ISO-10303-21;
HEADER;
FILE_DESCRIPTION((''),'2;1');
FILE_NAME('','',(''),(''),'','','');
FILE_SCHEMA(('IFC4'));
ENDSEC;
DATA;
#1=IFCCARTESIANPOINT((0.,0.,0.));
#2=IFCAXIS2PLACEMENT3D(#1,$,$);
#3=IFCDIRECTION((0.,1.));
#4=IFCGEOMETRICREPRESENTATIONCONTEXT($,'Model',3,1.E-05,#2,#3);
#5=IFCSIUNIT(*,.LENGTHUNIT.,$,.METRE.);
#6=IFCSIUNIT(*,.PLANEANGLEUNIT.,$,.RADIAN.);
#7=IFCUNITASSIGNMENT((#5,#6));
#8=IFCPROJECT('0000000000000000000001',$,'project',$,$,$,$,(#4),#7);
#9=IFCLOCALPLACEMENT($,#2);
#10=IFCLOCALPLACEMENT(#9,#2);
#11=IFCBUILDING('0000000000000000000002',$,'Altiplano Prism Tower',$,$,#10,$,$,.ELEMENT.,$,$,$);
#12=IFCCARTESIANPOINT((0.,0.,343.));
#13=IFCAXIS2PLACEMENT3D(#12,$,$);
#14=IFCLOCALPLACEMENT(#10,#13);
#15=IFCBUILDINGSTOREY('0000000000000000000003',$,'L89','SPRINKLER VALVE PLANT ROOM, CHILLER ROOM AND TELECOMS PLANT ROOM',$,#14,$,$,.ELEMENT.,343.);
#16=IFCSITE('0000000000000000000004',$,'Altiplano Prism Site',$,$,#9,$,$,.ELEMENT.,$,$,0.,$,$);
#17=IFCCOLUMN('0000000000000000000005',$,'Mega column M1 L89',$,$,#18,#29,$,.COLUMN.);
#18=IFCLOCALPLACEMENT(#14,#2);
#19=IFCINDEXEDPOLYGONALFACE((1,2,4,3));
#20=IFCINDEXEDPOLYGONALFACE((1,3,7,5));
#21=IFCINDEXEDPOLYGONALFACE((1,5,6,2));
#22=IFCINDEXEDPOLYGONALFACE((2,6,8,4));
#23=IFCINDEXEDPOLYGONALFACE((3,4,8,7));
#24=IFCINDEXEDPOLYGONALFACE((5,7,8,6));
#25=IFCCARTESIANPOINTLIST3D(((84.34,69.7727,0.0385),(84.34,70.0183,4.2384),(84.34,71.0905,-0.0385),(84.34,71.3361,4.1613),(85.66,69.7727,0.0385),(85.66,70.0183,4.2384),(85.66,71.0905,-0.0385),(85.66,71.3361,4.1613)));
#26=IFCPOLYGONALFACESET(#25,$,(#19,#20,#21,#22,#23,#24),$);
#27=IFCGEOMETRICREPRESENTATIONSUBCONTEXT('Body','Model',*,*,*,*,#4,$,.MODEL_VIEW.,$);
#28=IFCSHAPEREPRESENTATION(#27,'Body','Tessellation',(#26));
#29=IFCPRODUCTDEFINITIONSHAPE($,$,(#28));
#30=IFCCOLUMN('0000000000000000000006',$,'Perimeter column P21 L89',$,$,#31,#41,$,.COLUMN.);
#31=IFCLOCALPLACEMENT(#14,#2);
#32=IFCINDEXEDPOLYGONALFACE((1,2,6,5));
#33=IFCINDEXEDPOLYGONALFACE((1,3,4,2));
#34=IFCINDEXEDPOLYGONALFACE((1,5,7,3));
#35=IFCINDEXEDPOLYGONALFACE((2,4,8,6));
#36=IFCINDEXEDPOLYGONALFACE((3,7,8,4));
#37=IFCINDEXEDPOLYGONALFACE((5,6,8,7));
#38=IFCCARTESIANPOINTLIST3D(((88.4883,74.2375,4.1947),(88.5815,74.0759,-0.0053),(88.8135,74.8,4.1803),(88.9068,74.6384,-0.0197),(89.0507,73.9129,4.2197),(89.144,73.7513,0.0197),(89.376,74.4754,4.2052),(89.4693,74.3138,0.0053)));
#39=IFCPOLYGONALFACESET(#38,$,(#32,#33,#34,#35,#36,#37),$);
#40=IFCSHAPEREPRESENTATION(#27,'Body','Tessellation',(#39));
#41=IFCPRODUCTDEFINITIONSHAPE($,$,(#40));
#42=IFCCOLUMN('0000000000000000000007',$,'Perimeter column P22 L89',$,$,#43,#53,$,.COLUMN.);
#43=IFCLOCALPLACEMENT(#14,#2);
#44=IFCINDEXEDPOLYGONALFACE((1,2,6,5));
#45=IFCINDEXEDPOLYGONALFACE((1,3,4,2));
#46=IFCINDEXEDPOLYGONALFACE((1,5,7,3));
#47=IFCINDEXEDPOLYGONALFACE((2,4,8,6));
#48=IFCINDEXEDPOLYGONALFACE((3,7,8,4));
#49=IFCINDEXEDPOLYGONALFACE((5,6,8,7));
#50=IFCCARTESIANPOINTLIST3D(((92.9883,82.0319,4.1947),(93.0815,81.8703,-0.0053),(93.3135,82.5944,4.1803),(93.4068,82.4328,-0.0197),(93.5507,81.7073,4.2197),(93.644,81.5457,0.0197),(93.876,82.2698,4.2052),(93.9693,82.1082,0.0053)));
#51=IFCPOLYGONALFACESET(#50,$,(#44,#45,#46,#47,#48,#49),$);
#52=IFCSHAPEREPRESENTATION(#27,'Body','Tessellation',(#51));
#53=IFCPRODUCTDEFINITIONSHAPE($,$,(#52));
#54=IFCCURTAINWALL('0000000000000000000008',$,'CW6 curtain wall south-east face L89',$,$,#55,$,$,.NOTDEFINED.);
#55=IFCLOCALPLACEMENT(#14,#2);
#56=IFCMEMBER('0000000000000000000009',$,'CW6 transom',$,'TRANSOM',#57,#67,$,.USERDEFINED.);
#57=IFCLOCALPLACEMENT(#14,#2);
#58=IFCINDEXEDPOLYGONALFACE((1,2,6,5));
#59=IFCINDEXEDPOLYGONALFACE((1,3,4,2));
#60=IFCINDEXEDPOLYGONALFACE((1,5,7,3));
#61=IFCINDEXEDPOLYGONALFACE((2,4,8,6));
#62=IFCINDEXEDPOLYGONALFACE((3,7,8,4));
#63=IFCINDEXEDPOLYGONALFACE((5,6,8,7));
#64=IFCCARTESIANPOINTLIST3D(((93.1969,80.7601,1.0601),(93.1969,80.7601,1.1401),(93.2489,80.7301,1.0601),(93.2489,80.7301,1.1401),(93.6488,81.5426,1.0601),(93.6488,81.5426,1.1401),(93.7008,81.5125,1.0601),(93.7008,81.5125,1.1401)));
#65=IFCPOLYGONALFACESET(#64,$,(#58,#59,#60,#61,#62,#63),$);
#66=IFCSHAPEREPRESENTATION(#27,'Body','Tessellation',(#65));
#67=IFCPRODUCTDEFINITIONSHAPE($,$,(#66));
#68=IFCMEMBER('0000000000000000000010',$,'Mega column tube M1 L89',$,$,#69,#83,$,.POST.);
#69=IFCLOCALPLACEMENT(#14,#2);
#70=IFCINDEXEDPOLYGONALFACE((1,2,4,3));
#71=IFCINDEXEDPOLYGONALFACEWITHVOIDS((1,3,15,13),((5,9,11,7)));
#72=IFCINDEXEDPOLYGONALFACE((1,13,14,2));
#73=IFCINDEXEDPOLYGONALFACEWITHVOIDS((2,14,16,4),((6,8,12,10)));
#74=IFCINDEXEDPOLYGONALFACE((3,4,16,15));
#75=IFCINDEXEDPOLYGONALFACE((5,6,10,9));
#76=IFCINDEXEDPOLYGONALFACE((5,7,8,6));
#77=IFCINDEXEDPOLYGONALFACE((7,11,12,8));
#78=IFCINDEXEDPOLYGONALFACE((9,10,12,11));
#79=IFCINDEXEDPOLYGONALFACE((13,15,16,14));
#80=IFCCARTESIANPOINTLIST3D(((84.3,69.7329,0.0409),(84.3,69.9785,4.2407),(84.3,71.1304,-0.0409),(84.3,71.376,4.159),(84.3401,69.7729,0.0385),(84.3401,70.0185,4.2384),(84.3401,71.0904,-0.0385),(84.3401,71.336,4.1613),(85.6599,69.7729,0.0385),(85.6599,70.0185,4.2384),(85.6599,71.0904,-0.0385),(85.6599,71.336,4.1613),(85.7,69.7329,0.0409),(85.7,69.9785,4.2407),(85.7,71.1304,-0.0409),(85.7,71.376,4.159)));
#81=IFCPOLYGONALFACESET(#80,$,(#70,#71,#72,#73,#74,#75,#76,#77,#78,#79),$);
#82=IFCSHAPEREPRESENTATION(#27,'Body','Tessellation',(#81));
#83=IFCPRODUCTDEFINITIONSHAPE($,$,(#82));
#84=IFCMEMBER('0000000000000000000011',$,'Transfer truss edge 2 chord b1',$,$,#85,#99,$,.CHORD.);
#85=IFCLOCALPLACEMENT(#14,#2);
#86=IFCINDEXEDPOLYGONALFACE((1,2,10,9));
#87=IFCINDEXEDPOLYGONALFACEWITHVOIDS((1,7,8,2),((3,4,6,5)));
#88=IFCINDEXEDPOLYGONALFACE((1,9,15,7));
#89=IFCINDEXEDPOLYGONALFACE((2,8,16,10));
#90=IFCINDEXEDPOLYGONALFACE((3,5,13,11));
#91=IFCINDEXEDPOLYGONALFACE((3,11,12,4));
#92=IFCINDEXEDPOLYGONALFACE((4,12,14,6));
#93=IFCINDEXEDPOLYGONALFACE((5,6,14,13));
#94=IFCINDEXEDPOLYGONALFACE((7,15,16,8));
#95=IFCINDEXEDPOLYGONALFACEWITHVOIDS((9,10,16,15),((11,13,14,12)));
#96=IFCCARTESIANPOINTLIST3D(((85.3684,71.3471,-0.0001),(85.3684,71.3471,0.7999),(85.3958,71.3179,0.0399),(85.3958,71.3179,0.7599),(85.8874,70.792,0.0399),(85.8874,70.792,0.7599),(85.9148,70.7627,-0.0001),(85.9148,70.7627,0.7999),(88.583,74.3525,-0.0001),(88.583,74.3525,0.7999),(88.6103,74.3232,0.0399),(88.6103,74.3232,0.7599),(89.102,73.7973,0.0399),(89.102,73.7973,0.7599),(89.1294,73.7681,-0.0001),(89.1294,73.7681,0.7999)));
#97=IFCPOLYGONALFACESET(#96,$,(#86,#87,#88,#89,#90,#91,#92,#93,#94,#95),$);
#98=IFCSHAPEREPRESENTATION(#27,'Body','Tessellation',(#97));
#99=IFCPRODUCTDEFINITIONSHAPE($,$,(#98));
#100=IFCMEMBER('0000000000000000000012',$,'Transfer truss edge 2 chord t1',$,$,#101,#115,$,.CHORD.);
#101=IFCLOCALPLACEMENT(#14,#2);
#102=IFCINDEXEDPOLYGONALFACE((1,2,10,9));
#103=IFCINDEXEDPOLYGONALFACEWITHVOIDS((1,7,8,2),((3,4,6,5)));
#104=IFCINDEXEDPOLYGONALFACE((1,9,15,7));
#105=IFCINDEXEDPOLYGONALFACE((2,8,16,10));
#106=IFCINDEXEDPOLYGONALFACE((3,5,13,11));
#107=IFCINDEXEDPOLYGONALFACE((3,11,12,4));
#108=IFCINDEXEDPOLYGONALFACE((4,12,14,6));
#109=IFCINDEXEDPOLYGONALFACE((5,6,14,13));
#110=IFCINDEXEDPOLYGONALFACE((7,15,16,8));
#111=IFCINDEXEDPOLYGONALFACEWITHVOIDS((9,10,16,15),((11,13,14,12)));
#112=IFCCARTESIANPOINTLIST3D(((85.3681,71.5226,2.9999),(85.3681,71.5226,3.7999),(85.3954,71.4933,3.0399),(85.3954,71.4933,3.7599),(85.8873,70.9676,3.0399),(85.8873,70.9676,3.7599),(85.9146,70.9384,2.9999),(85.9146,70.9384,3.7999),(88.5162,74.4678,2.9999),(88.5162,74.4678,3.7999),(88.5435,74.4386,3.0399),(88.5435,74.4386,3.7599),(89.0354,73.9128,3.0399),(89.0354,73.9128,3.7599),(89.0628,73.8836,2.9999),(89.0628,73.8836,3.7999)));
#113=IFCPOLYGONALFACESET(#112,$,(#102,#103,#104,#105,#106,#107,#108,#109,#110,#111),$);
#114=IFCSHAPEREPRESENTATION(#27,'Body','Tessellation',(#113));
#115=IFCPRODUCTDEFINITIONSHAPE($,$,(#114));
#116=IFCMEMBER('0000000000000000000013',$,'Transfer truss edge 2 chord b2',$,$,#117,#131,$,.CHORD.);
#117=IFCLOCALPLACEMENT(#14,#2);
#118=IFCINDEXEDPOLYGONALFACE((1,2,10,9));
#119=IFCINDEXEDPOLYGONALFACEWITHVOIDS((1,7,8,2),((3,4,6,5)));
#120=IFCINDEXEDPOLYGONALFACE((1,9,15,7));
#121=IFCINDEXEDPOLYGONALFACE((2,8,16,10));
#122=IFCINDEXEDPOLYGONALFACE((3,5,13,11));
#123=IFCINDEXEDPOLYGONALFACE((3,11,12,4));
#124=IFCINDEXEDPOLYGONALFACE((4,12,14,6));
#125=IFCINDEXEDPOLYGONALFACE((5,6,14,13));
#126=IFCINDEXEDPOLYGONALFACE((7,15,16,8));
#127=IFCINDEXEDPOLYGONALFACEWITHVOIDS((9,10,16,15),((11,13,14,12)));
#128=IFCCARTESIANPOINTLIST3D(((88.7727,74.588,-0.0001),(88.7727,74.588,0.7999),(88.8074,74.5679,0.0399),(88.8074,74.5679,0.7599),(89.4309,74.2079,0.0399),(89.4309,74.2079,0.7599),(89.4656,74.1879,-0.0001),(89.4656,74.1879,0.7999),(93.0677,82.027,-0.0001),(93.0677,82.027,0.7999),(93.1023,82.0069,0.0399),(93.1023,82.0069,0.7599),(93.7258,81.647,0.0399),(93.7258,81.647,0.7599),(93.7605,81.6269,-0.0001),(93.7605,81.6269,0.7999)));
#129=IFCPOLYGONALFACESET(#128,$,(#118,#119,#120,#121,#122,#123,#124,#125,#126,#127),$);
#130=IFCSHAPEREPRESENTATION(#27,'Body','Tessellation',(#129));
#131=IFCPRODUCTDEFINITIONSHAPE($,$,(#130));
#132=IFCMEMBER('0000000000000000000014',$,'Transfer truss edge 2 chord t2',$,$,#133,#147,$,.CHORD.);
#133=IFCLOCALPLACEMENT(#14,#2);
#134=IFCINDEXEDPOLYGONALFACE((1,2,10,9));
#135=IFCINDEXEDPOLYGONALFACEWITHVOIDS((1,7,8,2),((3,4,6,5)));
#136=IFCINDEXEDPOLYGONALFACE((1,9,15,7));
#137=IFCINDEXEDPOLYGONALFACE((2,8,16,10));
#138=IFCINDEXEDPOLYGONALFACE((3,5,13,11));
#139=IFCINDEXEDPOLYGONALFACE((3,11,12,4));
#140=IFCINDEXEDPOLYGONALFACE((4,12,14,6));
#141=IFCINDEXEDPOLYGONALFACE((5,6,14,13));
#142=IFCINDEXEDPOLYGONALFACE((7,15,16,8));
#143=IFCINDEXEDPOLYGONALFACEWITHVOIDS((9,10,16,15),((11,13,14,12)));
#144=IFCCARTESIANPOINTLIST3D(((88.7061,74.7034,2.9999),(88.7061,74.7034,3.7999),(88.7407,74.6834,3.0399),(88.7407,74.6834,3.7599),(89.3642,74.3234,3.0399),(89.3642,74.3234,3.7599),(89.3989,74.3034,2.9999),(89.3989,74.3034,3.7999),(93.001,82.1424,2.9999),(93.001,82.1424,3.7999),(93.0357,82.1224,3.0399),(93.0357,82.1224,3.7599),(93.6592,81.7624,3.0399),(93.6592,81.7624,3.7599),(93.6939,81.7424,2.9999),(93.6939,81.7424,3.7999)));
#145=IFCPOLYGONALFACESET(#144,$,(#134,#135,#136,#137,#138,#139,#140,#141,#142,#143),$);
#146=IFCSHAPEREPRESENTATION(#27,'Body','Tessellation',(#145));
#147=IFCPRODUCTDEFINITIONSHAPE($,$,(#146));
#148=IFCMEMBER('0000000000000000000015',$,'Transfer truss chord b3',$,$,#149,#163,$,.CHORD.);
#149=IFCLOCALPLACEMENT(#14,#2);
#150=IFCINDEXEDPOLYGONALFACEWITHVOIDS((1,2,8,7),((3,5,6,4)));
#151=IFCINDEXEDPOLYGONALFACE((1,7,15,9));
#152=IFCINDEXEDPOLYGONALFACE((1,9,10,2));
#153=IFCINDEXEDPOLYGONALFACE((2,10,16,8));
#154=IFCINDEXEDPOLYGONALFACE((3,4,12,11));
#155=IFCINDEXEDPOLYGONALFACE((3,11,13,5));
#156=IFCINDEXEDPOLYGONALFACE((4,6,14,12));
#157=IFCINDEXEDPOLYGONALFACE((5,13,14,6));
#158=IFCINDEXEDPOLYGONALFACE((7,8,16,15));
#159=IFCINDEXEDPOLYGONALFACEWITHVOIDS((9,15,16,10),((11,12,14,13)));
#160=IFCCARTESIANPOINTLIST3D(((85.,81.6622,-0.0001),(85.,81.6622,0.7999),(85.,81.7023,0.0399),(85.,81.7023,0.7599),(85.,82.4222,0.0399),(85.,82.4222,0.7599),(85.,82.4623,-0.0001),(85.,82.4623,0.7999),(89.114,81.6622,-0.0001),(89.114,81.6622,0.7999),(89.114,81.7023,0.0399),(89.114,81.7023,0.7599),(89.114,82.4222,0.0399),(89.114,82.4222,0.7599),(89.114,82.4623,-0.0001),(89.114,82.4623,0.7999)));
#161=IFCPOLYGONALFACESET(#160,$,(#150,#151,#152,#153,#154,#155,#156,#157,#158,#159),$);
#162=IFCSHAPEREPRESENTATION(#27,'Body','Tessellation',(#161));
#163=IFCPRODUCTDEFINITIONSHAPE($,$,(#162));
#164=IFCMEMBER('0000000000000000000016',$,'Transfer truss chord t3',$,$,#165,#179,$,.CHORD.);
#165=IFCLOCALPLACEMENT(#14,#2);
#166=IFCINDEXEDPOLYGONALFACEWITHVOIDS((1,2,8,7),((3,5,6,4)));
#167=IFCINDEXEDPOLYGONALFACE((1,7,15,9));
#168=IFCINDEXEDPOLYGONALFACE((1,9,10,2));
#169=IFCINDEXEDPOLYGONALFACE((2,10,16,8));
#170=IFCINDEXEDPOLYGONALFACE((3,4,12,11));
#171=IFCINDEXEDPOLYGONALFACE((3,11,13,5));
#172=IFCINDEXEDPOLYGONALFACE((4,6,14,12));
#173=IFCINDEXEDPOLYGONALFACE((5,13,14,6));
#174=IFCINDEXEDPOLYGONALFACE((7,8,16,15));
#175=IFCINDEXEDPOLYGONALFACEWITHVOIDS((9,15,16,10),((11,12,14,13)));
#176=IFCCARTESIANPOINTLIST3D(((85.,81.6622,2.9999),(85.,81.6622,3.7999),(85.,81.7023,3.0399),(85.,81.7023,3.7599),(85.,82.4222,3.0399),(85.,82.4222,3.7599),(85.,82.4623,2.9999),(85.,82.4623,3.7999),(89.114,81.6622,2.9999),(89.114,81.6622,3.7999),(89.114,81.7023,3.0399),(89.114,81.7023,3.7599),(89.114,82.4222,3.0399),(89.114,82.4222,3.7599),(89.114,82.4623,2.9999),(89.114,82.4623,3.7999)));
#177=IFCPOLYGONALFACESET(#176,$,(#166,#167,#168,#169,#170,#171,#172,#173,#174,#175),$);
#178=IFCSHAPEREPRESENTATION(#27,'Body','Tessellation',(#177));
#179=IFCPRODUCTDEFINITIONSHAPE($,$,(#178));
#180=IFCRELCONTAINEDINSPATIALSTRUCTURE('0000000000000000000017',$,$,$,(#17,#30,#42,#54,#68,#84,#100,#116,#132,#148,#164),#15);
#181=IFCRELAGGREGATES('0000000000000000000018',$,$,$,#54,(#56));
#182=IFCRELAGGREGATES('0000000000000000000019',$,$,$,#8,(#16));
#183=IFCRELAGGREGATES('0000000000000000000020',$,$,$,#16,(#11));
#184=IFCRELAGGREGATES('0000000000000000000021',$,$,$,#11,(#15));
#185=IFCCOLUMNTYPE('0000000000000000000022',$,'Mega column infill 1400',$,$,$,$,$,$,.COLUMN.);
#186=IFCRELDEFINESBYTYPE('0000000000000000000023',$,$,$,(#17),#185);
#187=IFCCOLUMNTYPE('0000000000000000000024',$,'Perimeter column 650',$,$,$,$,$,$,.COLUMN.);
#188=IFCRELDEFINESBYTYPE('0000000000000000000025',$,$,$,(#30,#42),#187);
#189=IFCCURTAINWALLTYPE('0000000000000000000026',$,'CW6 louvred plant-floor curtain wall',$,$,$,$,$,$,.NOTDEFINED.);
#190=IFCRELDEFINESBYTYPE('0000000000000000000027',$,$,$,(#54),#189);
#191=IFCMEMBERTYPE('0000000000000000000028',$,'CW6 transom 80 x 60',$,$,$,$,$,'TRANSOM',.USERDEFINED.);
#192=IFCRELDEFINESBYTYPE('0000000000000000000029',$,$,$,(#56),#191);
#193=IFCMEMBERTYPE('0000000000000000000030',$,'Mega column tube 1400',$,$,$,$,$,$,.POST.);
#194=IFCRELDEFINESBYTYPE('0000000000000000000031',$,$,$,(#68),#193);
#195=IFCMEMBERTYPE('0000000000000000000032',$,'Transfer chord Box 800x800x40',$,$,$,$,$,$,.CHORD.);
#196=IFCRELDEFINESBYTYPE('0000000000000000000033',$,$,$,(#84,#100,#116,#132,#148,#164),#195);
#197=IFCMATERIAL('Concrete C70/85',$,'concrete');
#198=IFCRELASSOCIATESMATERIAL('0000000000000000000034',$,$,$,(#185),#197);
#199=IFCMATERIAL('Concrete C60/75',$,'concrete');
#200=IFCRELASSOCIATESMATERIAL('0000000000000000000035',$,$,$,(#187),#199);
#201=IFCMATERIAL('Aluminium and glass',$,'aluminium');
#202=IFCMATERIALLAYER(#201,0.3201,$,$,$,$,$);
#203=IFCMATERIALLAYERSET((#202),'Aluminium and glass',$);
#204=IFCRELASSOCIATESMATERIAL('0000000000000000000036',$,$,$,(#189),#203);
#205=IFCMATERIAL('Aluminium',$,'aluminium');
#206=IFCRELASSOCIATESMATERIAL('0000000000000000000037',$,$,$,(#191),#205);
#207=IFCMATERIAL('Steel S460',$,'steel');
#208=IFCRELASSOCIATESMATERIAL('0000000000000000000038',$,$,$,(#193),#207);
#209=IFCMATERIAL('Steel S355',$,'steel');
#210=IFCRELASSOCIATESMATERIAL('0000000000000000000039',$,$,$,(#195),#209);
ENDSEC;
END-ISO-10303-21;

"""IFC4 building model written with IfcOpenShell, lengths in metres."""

from ifc_helpers import new_model, si_unit, direction, frame, origin, origin_2d, place, context, subcontext, project, spatial, rectangle, hollow_rectangle, extrude, material, layer, layer_set, material_profile, profile_set, type_object, element, aggregate, save


model = new_model("IFC4")

# Units and contexts
model_context = context("Model", 3, precision=1e-05, world=origin(), true_north=direction((0.0, 1.0)))
body_context = subcontext(model_context, "Body", "Model", "MODEL_VIEW")
ifc_project = project(units=[si_unit("LENGTHUNIT", "METRE"), si_unit("PLANEANGLEUNIT", "RADIAN")], contexts=[model_context])

# Site, building, storey
site_placement = place(None, origin())
site = spatial("IfcSite", under=ifc_project, at=site_placement, Name="Altiplano Prism Site", CompositionType="ELEMENT", RefElevation=0.0)
building_placement = place(site_placement, origin())
building = spatial("IfcBuilding", under=site, at=building_placement, Name="Altiplano Prism Tower", CompositionType="ELEMENT")
storey_placement = place(building_placement, frame((0.0, 0.0, 343.0)))
storey = spatial("IfcBuildingStorey", under=building, at=storey_placement, Name="L89", Description="SPRINKLER VALVE PLANT ROOM, CHILLER ROOM AND TELECOMS PLANT ROOM", CompositionType="ELEMENT", Elevation=343.0)

# Columns
ifc_material_1 = material(Name="Concrete C70/85", Category="concrete")
ifc_material_profile_1 = material_profile(ifc_material_1, rectangle(XDim=1.3201, YDim=1.3201, at=origin_2d()), Name="Mega column infill 1400")
ifc_profile_set_1 = profile_set([ifc_material_profile_1], Name="Concrete C70/85")
column_type_1 = type_object("IfcColumnType", Name="Mega column infill 1400", PredefinedType="COLUMN", material=ifc_profile_set_1)
column_placement = place(storey_placement, frame((85.0, 70.4316, 0.0), z_axis=(0.0, 0.058378, 0.998295), x_axis=(-1.0, 0.0, 0.0)))
element("IfcColumn", 1, at=column_placement, inside=storey, type_object=column_type_1, Name="Mega column M1 L89", PredefinedType="COLUMN", context=body_context, shape_type="SweptSolid", body=[
    extrude(rectangle(XDim=1.3201, YDim=1.3201, at=origin_2d()), origin(), (0.0, 0.0, 1.0), 4.207),
])
ifc_material_2 = material(Name="Concrete C60/75", Category="concrete")
ifc_material_profile_2 = material_profile(ifc_material_2, rectangle(XDim=0.6499, YDim=0.6499, at=origin_2d()), Name="Perimeter column 650")
ifc_profile_set_2 = profile_set([ifc_material_profile_2], Name="Concrete C60/75")
column_type_2 = type_object("IfcColumnType", Name="Perimeter column 650", PredefinedType="COLUMN", material=ifc_profile_set_2)
for number, where, z_axis, x_axis, name in (
    (2, (89.0254, 74.1948, 0.0), (-0.022184, 0.038444, 0.999014), (-0.500452, -0.86548, 0.022192), "Perimeter column P21 L89"),
    (3, (93.5254, 81.9893, 0.0), (-0.022184, 0.038444, 0.999014), (-0.500449, -0.865481, 0.022192), "Perimeter column P22 L89"),
):
    element("IfcColumn", number, at=place(storey_placement, frame(where, z_axis=z_axis, x_axis=x_axis)), inside=storey, type_object=column_type_2, Name=name, PredefinedType="COLUMN", context=body_context, shape_type="SweptSolid", body=[
        extrude(rectangle(XDim=0.6499, YDim=0.6499, at=origin_2d()), origin(), (0.0, 0.0, 1.0), 4.2041),
    ])

# Curtain wall, member
ifc_material_3 = material(Name="Aluminium and glass", Category="aluminium")
ifc_layer_1 = layer(ifc_material_3, 0.3201)
ifc_layer_set_1 = layer_set([ifc_layer_1], Name="Aluminium and glass")
curtain_wall_type = type_object("IfcCurtainWallType", Name="CW6 louvred plant-floor curtain wall", PredefinedType="NOTDEFINED", material=ifc_layer_set_1)
curtain_wall_placement = place(storey_placement, origin())
curtain_wall = element("IfcCurtainWall", 4, at=curtain_wall_placement, inside=storey, type_object=curtain_wall_type, Name="CW6 curtain wall south-east face L89", PredefinedType="NOTDEFINED")
ifc_material_4 = material(Name="Aluminium", Category="aluminium")
ifc_material_profile_3 = material_profile(ifc_material_4, rectangle(XDim=0.0601, YDim=0.0801, at=origin_2d()), Name="CW6 transom 80 x 60")
ifc_profile_set_3 = profile_set([ifc_material_profile_3], Name="Aluminium")
member_type_1 = type_object("IfcMemberType", Name="CW6 transom 80 x 60", ElementType="TRANSOM", PredefinedType="USERDEFINED", material=ifc_profile_set_3)
member_1_placement = place(storey_placement, frame((93.2229, 80.7451, 1.1001), z_axis=(0.50012, 0.865956, 0.0), x_axis=(-0.865956, 0.50012, 0.0)))
member_1 = element("IfcMember", 5, at=member_1_placement, type_object=member_type_1, Name="CW6 transom", ObjectType="TRANSOM", PredefinedType="USERDEFINED", context=body_context, shape_type="SweptSolid", body=[
    extrude(rectangle(XDim=0.0601, YDim=0.0801, at=origin_2d()), origin(), (0.0, 0.0, 1.0), 0.9036),
])

# Members
ifc_material_5 = material(Name="Steel S460", Category="steel")
ifc_material_profile_4 = material_profile(ifc_material_5, hollow_rectangle(XDim=1.3999, YDim=1.3999, WallThickness=0.04, at=origin_2d()), Name="Mega column tube 1400")
ifc_profile_set_4 = profile_set([ifc_material_profile_4], Name="Steel S460")
member_type_2 = type_object("IfcMemberType", Name="Mega column tube 1400", PredefinedType="POST", material=ifc_profile_set_4)
member_2_placement = place(storey_placement, frame((85.0, 70.4316, 0.0), z_axis=(0.0, 0.058378, 0.998295), x_axis=(-1.0, 0.0, 0.0)))
element("IfcMember", 6, at=member_2_placement, inside=storey, type_object=member_type_2, Name="Mega column tube M1 L89", PredefinedType="POST", context=body_context, shape_type="SweptSolid", body=[
    extrude(hollow_rectangle(XDim=1.3999, YDim=1.3999, WallThickness=0.04, at=origin_2d()), origin(), (0.0, 0.0, 1.0), 4.207),
])
ifc_material_6 = material(Name="Steel S355", Category="steel")
ifc_material_profile_5 = material_profile(ifc_material_6, hollow_rectangle(XDim=0.8, YDim=0.8, WallThickness=0.04, at=origin_2d()), Name="Transfer chord Box 800x800x40")
ifc_profile_set_5 = profile_set([ifc_material_profile_5], Name="Steel S355")
member_type_3 = type_object("IfcMemberType", Name="Transfer chord Box 800x800x40", PredefinedType="CHORD", material=ifc_profile_set_5)
member_3_placement = place(storey_placement, frame((85.6416, 71.0549, 0.3999), z_axis=(0.730479, 0.682935, 0.0), x_axis=(-0.682935, 0.730479, 0.0)))
element("IfcMember", 7, at=member_3_placement, inside=storey, type_object=member_type_3, Name="Transfer truss edge 2 chord b1", PredefinedType="CHORD", context=body_context, shape_type="SweptSolid", body=[
    extrude(hollow_rectangle(XDim=0.8, YDim=0.8, WallThickness=0.04, at=origin_2d()), origin(), (0.0, 0.0, 1.0), 4.4006),
])
member_4_placement = place(storey_placement, frame((85.6414, 71.2305, 3.3999), z_axis=(0.730245, 0.683185, 0.0), x_axis=(-0.683185, 0.730245, 0.0)))
element("IfcMember", 8, at=member_4_placement, inside=storey, type_object=member_type_3, Name="Transfer truss edge 2 chord t1", PredefinedType="CHORD", context=body_context, shape_type="SweptSolid", body=[
    extrude(hollow_rectangle(XDim=0.8, YDim=0.8, WallThickness=0.04, at=origin_2d()), origin(), (0.0, 0.0, 1.0), 4.311),
])
for number, where, z_axis, x_axis, name in (
    (9, (89.1191, 74.3879, 0.3999), (0.500003, 0.866024, 0.0), (-0.866024, 0.500003, 0.0), "Transfer truss edge 2 chord b2"),
    (10, (89.0525, 74.5034, 3.3999), (0.500003, 0.866024, 0.0), (-0.866024, 0.500003, 0.0), "Transfer truss edge 2 chord t2"),
):
    element("IfcMember", number, at=place(storey_placement, frame(where, z_axis=z_axis, x_axis=x_axis)), inside=storey, type_object=member_type_3, Name=name, PredefinedType="CHORD", context=body_context, shape_type="SweptSolid", body=[
        extrude(hollow_rectangle(XDim=0.8, YDim=0.8, WallThickness=0.04, at=origin_2d()), origin(), (0.0, 0.0, 1.0), 8.5898),
    ])
for number, where, z_axis, x_axis, name in (
    (11, (85.0, 82.0623, 0.3999), (1.0, 0.0, 0.0), (0.0, 1.0, 0.0), "Transfer truss chord b3"),
    (12, (85.0, 82.0623, 3.3999), (1.0, 0.0, 0.0), (0.0, 1.0, 0.0), "Transfer truss chord t3"),
):
    element("IfcMember", number, at=place(storey_placement, frame(where, z_axis=z_axis, x_axis=x_axis)), inside=storey, type_object=member_type_3, Name=name, PredefinedType="CHORD", context=body_context, shape_type="SweptSolid", body=[
        extrude(hollow_rectangle(XDim=0.8, YDim=0.8, WallThickness=0.04, at=origin_2d()), origin(), (0.0, 0.0, 1.0), 4.114),
    ])

aggregate(curtain_wall, [member_1])

save(model, "model.ifc")
